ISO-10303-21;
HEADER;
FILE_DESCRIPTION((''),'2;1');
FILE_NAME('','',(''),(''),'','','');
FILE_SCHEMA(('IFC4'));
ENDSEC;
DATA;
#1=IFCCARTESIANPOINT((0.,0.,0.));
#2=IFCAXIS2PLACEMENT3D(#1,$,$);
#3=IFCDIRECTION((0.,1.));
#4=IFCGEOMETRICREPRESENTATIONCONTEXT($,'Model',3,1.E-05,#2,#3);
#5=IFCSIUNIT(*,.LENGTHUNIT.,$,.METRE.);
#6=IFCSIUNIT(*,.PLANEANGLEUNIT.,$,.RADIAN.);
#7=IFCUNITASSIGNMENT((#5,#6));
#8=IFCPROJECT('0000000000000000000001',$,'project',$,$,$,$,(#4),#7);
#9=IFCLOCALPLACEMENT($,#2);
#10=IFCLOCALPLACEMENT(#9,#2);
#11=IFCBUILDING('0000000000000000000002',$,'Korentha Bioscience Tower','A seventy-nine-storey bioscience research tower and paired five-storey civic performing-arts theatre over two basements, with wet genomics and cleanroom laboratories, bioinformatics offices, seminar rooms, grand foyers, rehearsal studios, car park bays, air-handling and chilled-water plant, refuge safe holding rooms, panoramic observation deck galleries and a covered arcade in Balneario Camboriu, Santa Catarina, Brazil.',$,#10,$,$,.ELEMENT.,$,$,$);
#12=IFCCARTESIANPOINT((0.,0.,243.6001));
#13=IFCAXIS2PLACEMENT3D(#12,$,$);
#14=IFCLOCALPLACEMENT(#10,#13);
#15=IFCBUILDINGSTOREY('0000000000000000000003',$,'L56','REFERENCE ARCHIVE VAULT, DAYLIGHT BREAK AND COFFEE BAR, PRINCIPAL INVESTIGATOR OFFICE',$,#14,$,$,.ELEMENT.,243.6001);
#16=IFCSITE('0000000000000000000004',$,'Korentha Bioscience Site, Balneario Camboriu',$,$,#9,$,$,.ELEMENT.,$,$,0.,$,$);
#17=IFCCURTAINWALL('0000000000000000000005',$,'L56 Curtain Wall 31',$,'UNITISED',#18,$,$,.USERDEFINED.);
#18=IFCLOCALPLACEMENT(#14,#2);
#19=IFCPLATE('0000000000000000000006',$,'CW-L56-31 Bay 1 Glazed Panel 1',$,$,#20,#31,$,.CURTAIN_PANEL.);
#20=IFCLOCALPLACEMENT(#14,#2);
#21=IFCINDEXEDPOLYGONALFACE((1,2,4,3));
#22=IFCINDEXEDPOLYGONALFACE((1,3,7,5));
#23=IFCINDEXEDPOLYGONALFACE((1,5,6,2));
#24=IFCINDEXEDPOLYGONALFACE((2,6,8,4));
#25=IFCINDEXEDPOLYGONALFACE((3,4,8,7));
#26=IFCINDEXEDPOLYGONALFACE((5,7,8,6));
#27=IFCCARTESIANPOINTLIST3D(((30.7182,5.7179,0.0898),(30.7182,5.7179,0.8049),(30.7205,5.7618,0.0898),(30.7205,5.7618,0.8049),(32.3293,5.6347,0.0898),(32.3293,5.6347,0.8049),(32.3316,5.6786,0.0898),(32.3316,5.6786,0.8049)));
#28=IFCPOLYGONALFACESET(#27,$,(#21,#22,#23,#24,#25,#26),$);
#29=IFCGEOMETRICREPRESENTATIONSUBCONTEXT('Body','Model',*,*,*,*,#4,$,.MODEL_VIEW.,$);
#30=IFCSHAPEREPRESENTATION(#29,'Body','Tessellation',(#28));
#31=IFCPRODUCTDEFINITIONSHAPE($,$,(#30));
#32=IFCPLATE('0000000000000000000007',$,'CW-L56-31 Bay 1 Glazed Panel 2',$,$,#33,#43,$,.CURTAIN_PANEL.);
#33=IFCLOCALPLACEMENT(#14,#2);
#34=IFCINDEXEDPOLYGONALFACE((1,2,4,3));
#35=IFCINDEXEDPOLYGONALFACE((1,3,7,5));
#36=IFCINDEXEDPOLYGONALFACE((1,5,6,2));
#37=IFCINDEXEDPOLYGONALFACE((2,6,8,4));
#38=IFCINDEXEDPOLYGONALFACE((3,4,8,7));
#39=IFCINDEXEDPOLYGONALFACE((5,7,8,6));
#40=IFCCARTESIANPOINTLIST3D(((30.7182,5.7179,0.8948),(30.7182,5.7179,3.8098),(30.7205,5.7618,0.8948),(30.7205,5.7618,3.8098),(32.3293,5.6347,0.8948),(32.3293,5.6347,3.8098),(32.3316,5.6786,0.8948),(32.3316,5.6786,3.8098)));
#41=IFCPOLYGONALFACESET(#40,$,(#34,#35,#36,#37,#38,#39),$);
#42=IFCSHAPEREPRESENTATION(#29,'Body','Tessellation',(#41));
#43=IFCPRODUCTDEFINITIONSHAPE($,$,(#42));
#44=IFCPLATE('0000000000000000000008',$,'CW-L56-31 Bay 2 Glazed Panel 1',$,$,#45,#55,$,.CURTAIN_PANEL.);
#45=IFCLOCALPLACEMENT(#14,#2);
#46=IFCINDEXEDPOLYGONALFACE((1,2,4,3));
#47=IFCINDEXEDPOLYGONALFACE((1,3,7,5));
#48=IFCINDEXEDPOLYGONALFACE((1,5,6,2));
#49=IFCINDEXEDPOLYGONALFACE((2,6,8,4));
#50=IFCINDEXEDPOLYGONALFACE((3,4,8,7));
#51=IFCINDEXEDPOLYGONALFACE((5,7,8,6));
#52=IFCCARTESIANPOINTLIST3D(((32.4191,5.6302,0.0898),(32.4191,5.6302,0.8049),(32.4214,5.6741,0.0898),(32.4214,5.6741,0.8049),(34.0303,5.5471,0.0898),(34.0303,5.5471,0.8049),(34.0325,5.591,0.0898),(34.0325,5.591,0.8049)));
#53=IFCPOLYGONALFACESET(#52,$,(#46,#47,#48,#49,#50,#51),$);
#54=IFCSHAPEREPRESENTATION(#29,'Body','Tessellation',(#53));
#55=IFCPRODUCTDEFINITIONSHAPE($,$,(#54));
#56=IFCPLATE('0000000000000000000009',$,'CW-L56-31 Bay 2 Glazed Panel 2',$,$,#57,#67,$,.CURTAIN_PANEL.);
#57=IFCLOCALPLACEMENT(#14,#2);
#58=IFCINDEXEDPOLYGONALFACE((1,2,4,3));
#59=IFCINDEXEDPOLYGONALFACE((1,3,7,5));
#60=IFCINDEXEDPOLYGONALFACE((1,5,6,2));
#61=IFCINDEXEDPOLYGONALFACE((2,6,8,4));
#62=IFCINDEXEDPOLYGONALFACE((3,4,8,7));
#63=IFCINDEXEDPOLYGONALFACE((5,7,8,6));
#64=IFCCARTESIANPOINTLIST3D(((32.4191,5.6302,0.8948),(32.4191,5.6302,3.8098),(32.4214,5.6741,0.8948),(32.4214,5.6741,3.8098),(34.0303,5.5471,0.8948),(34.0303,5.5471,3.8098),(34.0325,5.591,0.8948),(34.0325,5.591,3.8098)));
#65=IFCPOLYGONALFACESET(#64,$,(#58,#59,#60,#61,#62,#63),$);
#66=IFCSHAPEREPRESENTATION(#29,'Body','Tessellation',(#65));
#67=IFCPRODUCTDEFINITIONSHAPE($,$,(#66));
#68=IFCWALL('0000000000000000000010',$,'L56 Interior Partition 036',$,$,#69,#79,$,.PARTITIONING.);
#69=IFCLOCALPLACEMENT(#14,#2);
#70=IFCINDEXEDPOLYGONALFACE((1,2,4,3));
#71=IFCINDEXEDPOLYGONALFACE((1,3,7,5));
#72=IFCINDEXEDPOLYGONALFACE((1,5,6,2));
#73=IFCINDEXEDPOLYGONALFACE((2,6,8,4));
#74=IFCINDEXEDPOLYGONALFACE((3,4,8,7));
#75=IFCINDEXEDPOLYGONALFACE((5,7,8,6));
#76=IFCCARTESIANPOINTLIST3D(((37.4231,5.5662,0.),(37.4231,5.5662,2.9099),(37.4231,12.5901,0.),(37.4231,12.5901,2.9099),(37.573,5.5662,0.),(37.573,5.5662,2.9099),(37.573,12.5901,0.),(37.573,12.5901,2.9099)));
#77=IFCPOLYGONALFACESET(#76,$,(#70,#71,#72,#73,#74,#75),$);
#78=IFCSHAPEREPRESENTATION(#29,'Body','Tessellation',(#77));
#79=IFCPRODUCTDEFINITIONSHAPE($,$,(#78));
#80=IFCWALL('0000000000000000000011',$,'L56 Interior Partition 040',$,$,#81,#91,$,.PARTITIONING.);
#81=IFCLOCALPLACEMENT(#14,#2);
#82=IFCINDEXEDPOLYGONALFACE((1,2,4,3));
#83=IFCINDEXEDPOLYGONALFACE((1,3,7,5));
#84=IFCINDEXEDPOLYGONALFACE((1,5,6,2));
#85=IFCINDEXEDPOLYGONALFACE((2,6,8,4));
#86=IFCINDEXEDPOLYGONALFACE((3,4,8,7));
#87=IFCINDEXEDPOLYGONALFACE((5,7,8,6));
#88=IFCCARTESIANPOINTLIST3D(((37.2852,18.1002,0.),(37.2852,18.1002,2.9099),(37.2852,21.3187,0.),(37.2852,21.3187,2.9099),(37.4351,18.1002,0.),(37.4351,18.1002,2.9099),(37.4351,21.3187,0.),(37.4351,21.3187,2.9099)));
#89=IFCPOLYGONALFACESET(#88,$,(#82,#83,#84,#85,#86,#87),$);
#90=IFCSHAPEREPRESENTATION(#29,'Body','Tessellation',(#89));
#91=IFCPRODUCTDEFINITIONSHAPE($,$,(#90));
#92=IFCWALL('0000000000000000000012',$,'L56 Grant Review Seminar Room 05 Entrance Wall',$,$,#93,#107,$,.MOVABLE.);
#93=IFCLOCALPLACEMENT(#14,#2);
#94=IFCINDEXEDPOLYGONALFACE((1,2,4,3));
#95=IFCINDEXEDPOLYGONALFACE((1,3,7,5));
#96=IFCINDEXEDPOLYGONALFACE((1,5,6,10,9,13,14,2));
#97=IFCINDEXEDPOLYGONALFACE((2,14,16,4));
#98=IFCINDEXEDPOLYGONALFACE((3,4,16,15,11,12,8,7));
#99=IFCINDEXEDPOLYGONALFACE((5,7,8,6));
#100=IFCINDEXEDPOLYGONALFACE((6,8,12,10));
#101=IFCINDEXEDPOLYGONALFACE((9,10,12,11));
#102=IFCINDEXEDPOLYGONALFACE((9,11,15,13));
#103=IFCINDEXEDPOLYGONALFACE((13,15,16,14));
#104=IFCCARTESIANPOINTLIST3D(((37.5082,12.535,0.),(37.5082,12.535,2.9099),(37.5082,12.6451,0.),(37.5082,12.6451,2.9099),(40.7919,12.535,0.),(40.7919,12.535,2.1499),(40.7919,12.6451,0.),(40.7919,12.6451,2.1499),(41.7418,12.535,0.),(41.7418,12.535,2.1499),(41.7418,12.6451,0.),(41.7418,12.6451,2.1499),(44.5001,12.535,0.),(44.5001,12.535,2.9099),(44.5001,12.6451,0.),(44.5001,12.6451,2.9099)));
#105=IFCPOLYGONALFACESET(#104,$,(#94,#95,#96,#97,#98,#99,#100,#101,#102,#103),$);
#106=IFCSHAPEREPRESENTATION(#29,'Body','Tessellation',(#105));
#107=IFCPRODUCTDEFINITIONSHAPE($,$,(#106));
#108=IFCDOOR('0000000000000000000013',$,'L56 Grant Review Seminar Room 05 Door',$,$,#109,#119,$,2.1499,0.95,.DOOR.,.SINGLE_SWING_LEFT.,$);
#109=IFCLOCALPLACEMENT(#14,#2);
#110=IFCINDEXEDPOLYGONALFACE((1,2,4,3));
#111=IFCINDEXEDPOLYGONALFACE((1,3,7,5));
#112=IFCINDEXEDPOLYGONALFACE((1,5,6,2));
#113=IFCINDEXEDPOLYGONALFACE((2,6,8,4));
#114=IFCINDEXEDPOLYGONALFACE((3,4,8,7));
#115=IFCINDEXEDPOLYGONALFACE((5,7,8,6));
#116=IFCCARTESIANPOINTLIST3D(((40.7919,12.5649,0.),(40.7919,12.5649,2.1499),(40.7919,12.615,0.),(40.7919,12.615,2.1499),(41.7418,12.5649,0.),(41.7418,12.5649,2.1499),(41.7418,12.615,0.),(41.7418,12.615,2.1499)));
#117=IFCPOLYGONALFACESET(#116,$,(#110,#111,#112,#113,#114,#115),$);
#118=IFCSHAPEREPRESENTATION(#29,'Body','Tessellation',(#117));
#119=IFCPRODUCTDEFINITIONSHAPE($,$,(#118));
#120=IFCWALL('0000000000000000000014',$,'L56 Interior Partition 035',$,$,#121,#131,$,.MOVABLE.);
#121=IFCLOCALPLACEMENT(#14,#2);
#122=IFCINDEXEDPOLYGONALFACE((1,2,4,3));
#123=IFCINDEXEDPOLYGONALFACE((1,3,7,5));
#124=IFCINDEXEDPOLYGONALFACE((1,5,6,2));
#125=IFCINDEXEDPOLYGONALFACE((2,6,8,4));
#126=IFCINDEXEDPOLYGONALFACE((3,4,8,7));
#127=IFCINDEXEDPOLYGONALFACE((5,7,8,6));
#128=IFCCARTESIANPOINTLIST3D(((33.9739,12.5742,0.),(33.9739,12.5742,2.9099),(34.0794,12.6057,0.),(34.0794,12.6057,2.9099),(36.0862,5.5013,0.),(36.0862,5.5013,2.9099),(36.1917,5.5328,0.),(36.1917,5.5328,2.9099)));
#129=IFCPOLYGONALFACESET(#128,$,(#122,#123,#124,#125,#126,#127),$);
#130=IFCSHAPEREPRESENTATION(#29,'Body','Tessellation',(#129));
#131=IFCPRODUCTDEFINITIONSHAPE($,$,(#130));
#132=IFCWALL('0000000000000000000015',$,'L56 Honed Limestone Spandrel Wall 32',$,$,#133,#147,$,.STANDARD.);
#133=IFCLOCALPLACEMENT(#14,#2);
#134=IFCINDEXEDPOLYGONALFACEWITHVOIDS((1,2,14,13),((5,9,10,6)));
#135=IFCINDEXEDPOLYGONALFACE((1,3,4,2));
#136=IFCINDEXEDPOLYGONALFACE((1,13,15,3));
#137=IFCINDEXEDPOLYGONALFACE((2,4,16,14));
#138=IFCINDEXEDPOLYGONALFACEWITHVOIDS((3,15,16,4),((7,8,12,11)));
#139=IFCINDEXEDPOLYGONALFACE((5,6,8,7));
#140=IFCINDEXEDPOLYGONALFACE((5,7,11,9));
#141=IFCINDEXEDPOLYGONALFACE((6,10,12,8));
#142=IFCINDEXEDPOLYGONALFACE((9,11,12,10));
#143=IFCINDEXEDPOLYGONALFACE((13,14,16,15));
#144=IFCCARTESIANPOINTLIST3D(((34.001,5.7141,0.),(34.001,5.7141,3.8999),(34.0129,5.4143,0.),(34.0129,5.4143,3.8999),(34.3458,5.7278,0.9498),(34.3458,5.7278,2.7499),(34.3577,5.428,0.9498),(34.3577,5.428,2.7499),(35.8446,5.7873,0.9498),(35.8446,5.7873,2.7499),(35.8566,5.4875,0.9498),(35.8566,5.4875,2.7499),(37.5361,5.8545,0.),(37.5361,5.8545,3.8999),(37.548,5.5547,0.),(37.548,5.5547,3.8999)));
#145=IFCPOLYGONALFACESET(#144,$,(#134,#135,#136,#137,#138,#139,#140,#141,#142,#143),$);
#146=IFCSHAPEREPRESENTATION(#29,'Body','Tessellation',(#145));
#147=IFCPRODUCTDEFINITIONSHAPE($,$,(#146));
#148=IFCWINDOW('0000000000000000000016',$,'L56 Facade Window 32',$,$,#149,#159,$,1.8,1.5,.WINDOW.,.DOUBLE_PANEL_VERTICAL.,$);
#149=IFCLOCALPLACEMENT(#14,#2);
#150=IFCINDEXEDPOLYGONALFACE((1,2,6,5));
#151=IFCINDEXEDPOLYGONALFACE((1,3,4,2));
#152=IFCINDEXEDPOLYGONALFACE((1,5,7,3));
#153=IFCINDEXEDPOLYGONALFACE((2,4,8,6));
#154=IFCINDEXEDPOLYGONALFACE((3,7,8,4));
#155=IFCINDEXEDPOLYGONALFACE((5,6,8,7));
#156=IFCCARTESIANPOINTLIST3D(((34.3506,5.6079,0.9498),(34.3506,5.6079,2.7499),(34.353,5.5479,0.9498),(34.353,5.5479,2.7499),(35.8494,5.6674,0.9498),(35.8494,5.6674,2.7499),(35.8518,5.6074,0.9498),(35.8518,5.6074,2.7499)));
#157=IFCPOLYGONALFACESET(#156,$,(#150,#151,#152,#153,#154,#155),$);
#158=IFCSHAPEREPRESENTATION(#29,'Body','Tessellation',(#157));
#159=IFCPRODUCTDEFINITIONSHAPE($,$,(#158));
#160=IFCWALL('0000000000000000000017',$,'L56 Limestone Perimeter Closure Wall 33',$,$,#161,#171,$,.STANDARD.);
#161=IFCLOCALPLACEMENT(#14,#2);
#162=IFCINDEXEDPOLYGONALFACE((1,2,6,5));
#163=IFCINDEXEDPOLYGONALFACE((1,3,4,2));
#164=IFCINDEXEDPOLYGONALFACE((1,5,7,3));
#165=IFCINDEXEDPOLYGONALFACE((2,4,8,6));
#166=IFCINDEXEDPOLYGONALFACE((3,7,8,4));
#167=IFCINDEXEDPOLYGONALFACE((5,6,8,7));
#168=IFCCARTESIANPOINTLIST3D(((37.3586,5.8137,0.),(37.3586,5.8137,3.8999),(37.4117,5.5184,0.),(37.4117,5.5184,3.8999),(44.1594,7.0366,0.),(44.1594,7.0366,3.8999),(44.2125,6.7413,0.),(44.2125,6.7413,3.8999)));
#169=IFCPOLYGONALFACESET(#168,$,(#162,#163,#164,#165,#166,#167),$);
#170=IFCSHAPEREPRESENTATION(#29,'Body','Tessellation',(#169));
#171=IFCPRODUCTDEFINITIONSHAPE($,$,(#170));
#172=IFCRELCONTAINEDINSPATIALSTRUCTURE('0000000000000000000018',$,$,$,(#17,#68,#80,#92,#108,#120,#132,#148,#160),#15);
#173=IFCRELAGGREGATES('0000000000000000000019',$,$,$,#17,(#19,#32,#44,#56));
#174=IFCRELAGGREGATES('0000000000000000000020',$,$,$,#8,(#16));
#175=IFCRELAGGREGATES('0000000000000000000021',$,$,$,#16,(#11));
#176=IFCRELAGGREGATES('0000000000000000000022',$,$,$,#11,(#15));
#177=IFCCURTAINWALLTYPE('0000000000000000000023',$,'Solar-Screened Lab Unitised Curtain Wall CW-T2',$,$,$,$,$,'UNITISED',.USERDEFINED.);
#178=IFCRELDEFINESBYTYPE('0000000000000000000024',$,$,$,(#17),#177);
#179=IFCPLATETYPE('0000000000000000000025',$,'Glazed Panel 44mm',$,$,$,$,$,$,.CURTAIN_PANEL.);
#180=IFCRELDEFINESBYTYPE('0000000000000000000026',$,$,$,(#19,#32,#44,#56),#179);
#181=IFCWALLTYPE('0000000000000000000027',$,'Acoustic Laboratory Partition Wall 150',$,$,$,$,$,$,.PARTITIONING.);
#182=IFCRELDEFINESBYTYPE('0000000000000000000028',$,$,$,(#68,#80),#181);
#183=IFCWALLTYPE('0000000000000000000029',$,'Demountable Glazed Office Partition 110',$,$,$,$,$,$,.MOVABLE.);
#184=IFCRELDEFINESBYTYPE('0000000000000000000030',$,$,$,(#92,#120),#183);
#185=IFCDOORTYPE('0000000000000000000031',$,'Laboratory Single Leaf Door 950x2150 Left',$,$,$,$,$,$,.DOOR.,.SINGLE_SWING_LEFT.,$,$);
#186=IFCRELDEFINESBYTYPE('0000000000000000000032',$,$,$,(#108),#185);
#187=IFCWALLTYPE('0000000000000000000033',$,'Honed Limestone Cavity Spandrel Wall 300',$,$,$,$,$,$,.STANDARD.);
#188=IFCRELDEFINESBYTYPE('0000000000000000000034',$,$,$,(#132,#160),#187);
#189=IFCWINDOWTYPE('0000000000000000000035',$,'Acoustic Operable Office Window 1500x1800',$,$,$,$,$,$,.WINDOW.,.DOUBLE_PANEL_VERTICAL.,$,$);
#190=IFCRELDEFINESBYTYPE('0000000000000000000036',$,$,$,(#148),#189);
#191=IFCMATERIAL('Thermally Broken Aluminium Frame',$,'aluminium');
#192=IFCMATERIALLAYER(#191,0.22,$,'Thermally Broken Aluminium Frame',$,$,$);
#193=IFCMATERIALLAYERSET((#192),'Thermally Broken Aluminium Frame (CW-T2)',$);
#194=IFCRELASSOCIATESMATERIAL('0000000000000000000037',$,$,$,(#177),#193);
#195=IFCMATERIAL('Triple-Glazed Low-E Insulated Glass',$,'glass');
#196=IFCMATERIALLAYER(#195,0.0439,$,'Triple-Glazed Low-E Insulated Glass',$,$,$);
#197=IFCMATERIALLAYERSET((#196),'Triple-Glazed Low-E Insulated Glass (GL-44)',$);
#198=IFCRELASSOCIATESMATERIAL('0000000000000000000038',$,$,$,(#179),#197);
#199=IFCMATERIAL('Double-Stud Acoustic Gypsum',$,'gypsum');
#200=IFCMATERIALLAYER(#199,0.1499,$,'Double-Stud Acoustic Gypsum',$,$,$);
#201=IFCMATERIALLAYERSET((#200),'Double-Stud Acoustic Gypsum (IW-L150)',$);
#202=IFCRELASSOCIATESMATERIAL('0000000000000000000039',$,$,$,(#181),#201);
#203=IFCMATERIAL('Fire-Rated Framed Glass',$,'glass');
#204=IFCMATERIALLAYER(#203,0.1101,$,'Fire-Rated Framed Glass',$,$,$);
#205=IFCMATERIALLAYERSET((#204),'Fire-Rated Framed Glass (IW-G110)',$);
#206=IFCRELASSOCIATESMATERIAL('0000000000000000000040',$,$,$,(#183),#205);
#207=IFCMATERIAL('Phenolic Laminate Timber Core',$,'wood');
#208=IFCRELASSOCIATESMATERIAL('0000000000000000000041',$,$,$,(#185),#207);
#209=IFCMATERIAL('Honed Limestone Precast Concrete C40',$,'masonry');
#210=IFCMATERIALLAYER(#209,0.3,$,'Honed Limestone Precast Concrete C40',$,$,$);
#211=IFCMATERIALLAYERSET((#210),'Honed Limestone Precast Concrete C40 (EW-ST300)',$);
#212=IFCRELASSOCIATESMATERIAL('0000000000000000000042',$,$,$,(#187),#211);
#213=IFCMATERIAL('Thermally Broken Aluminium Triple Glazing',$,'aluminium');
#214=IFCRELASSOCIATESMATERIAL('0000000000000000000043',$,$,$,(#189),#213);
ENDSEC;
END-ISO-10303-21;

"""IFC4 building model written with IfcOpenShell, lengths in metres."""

from ifc_helpers import new_model, si_unit, direction, frame, frame_2d, origin, origin_2d, place, context, subcontext, project, spatial, rectangle, extrude, material, layer, layer_set, type_object, element, fill, aggregate, save


model = new_model("IFC4")

# Units and contexts
model_context = context("Model", 3, precision=1e-05, world=origin(), true_north=direction((0.0, 1.0)))
body_context = subcontext(model_context, "Body", "Model", "MODEL_VIEW")
ifc_project = project(units=[si_unit("LENGTHUNIT", "METRE"), si_unit("PLANEANGLEUNIT", "RADIAN")], contexts=[model_context])

# Site, building, storey
site_placement = place(None, origin())
site = spatial("IfcSite", under=ifc_project, at=site_placement, Name="Korentha Bioscience Site, Balneario Camboriu", CompositionType="ELEMENT", RefElevation=0.0)
building_placement = place(site_placement, origin())
building = spatial("IfcBuilding", under=site, at=building_placement, Name="Korentha Bioscience Tower", Description="A seventy-nine-storey bioscience research tower and paired five-storey civic performing-arts theatre over two basements, with wet genomics and cleanroom laboratories, bioinformatics offices, seminar rooms, grand foyers, rehearsal studios, car park bays, air-handling and chilled-water plant, refuge safe holding rooms, panoramic observation deck galleries and a covered arcade in Balneario Camboriu, Santa Catarina, Brazil.", CompositionType="ELEMENT")
storey_placement = place(building_placement, frame((0.0, 0.0, 243.6001)))
storey = spatial("IfcBuildingStorey", under=building, at=storey_placement, Name="L56", Description="REFERENCE ARCHIVE VAULT, DAYLIGHT BREAK AND COFFEE BAR, PRINCIPAL INVESTIGATOR OFFICE", CompositionType="ELEMENT", Elevation=243.6001)

# Curtain wall
ifc_material_1 = material(Name="Thermally Broken Aluminium Frame", Category="aluminium")
ifc_layer_1 = layer(ifc_material_1, 0.22, Name="Thermally Broken Aluminium Frame")
ifc_layer_set_1 = layer_set([ifc_layer_1], Name="Thermally Broken Aluminium Frame (CW-T2)")
curtain_wall_type = type_object("IfcCurtainWallType", Name="Solar-Screened Lab Unitised Curtain Wall CW-T2", ElementType="UNITISED", PredefinedType="USERDEFINED", material=ifc_layer_set_1)
curtain_wall_placement = place(storey_placement, origin())
curtain_wall = element("IfcCurtainWall", 1, at=curtain_wall_placement, inside=storey, type_object=curtain_wall_type, Name="L56 Curtain Wall 31", ObjectType="UNITISED", PredefinedType="USERDEFINED")

# Plates
ifc_material_2 = material(Name="Triple-Glazed Low-E Insulated Glass", Category="glass")
ifc_layer_2 = layer(ifc_material_2, 0.0439, Name="Triple-Glazed Low-E Insulated Glass")
ifc_layer_set_2 = layer_set([ifc_layer_2], Name="Triple-Glazed Low-E Insulated Glass (GL-44)")
plate_type = type_object("IfcPlateType", Name="Glazed Panel 44mm", PredefinedType="CURTAIN_PANEL", material=ifc_layer_set_2)
plate_1_placement = place(storey_placement, frame((31.5249, 5.6982, 0.0898), z_axis=(0.0, 0.0, 1.0), x_axis=(0.998671, -0.051538, 0.0)))
plate_1 = element("IfcPlate", 2, at=plate_1_placement, type_object=plate_type, Name="CW-L56-31 Bay 1 Glazed Panel 1", PredefinedType="CURTAIN_PANEL", context=body_context, shape_type="SweptSolid", body=[
    extrude(rectangle(XDim=1.6133, YDim=0.0439, at=origin_2d()), origin(), (0.0, 0.0, 1.0), 0.7151),
])
plate_2_placement = place(storey_placement, frame((31.5249, 5.6982, 0.8948), z_axis=(0.0, 0.0, 1.0), x_axis=(0.998671, -0.051538, 0.0)))
plate_2 = element("IfcPlate", 3, at=plate_2_placement, type_object=plate_type, Name="CW-L56-31 Bay 1 Glazed Panel 2", PredefinedType="CURTAIN_PANEL", context=body_context, shape_type="SweptSolid", body=[
    extrude(rectangle(XDim=1.6133, YDim=0.0439, at=origin_2d()), origin(), (0.0, 0.0, 1.0), 2.915),
])
plate_3_placement = place(storey_placement, frame((33.2258, 5.6106, 0.0898), z_axis=(0.0, 0.0, 1.0), x_axis=(0.998671, -0.051538, 0.0)))
plate_3 = element("IfcPlate", 4, at=plate_3_placement, type_object=plate_type, Name="CW-L56-31 Bay 2 Glazed Panel 1", PredefinedType="CURTAIN_PANEL", context=body_context, shape_type="SweptSolid", body=[
    extrude(rectangle(XDim=1.6133, YDim=0.0439, at=origin_2d()), origin(), (0.0, 0.0, 1.0), 0.7151),
])
plate_4_placement = place(storey_placement, frame((33.2258, 5.6106, 0.8948), z_axis=(0.0, 0.0, 1.0), x_axis=(0.998671, -0.051538, 0.0)))
plate_4 = element("IfcPlate", 5, at=plate_4_placement, type_object=plate_type, Name="CW-L56-31 Bay 2 Glazed Panel 2", PredefinedType="CURTAIN_PANEL", context=body_context, shape_type="SweptSolid", body=[
    extrude(rectangle(XDim=1.6133, YDim=0.0439, at=origin_2d()), origin(), (0.0, 0.0, 1.0), 2.915),
])
aggregate(curtain_wall, [plate_1, plate_2, plate_3, plate_4])

# Shared definitions
ifc_material_3 = material(Name="Double-Stud Acoustic Gypsum", Category="gypsum")
ifc_layer_3 = layer(ifc_material_3, 0.1499, Name="Double-Stud Acoustic Gypsum")
ifc_layer_set_3 = layer_set([ifc_layer_3], Name="Double-Stud Acoustic Gypsum (IW-L150)")
wall_type_1 = type_object("IfcWallType", Name="Acoustic Laboratory Partition Wall 150", PredefinedType="PARTITIONING", material=ifc_layer_set_3)
ifc_material_4 = material(Name="Phenolic Laminate Timber Core", Category="wood")

# Walls
wall_1_placement = place(storey_placement, frame((37.498, 12.5901, 0.0), z_axis=(0.0, 0.0, 1.0), x_axis=(0.0, -1.0, 0.0)))
element("IfcWall", 6, at=wall_1_placement, inside=storey, type_object=wall_type_1, Name="L56 Interior Partition 036", PredefinedType="PARTITIONING", context=body_context, shape_type="SweptSolid", body=[
    extrude(rectangle(XDim=7.0239, YDim=0.1499, at=frame_2d((3.512, 0.0))), origin(), (0.0, 0.0, 1.0), 2.9099),
])
wall_2_placement = place(storey_placement, frame((37.3601, 18.1001, 0.0), z_axis=(0.0, 0.0, 1.0), x_axis=(0.0, 1.0, 0.0)))
element("IfcWall", 7, at=wall_2_placement, inside=storey, type_object=wall_type_1, Name="L56 Interior Partition 040", PredefinedType="PARTITIONING", context=body_context, shape_type="SweptSolid", body=[
    extrude(rectangle(XDim=3.2185, YDim=0.1499, at=frame_2d((1.6094, 0.0))), origin(), (0.0, 0.0, 1.0), 2.9099),
])

# Wall, opening, door
ifc_material_5 = material(Name="Fire-Rated Framed Glass", Category="glass")
ifc_layer_4 = layer(ifc_material_5, 0.1101, Name="Fire-Rated Framed Glass")
ifc_layer_set_4 = layer_set([ifc_layer_4], Name="Fire-Rated Framed Glass (IW-G110)")
wall_type_2 = type_object("IfcWallType", Name="Demountable Glazed Office Partition 110", PredefinedType="MOVABLE", material=ifc_layer_set_4)
wall_3_placement = place(storey_placement, frame((37.5081, 12.5901, 0.0), z_axis=(0.0, 0.0, 1.0), x_axis=(1.0, 0.0, 0.0)))
wall_3 = element("IfcWall", 8, at=wall_3_placement, inside=storey, type_object=wall_type_2, Name="L56 Grant Review Seminar Room 05 Entrance Wall", PredefinedType="MOVABLE", context=body_context, shape_type="SweptSolid", body=[
    extrude(rectangle(XDim=6.9919, YDim=0.1101, at=frame_2d((3.4961, 0.0))), origin(), (0.0, 0.0, 1.0), 2.9099),
])
opening_1_placement = place(wall_3_placement, frame((3.2837, 0.0, 0.0)))
opening_1 = element("IfcOpeningElement", 9, at=opening_1_placement, cuts=wall_3, PredefinedType="OPENING", context=body_context, shape_type="SweptSolid", body=[
    extrude(rectangle(XDim=0.95, YDim=2.1499, at=frame_2d((0.4751, 1.075))), frame((0.0, 0.0698, 0.0), z_axis=(0.0, -1.0, 0.0), x_axis=(1.0, 0.0, 0.0)), (0.0, 0.0, 1.0), 0.1399),
])
door_type_1 = type_object("IfcDoorType", Name="Laboratory Single Leaf Door 950x2150 Left", OperationType="SINGLE_SWING_LEFT", PredefinedType="DOOR", material=ifc_material_4)
door_1_placement = place(opening_1_placement, origin())
door_1 = element("IfcDoor", 10, at=door_1_placement, inside=storey, type_object=door_type_1, Name="L56 Grant Review Seminar Room 05 Door", OperationType="SINGLE_SWING_LEFT", OverallHeight=2.1499, OverallWidth=0.95, PredefinedType="DOOR", context=body_context, shape_type="SweptSolid", body=[
    extrude(rectangle(XDim=0.95, YDim=2.1499, at=frame_2d((0.4751, 1.075))), frame((0.0, 0.0249, 0.0), z_axis=(0.0, -1.0, 0.0), x_axis=(1.0, 0.0, 0.0)), (0.0, 0.0, 1.0), 0.05),
])
fill(opening_1, door_1)

# Wall
wall_4_placement = place(storey_placement, frame((34.0266, 12.5901, 0.0), z_axis=(0.0, 0.0, 1.0), x_axis=(0.286155, -0.958183, 0.0)))
element("IfcWall", 11, at=wall_4_placement, inside=storey, type_object=wall_type_2, Name="L56 Interior Partition 035", PredefinedType="MOVABLE", context=body_context, shape_type="SweptSolid", body=[
    extrude(rectangle(XDim=7.3816, YDim=0.1101, at=frame_2d((3.6909, 0.0))), origin(), (0.0, 0.0, 1.0), 2.9099),
])

# Wall, opening, window
ifc_material_6 = material(Name="Honed Limestone Precast Concrete C40", Category="masonry")
ifc_layer_5 = layer(ifc_material_6, 0.3, Name="Honed Limestone Precast Concrete C40")
ifc_layer_set_5 = layer_set([ifc_layer_5], Name="Honed Limestone Precast Concrete C40 (EW-ST300)")
wall_type_3 = type_object("IfcWallType", Name="Honed Limestone Cavity Spandrel Wall 300", PredefinedType="STANDARD", material=ifc_layer_set_5)
wall_5_placement = place(storey_placement, frame((34.0068, 5.5642, 0.0), z_axis=(0.0, 0.0, 1.0), x_axis=(0.999212, 0.039679, 0.0)))
wall_5 = element("IfcWall", 12, at=wall_5_placement, inside=storey, type_object=wall_type_3, Name="L56 Honed Limestone Spandrel Wall 32", PredefinedType="STANDARD", context=body_context, shape_type="SweptSolid", body=[
    extrude(rectangle(XDim=3.5378, YDim=0.3, at=frame_2d((1.769, 0.0))), origin(), (0.0, 0.0, 1.0), 3.8999),
])
opening_2_placement = place(wall_5_placement, frame((0.3452, 0.0, 0.95)))
opening_2 = element("IfcOpeningElement", 13, at=opening_2_placement, cuts=wall_5, PredefinedType="OPENING", context=body_context, shape_type="SweptSolid", body=[
    extrude(rectangle(XDim=1.5, YDim=1.8, at=frame_2d((0.75, 0.8999))), frame((0.0, 0.165, 0.0), z_axis=(0.0, -1.0, 0.0), x_axis=(1.0, 0.0, 0.0)), (0.0, 0.0, 1.0), 0.3298),
])
ifc_material_7 = material(Name="Thermally Broken Aluminium Triple Glazing", Category="aluminium")
window_type = type_object("IfcWindowType", Name="Acoustic Operable Office Window 1500x1800", PartitioningType="DOUBLE_PANEL_VERTICAL", PredefinedType="WINDOW", material=ifc_material_7)
window_placement = place(opening_2_placement, origin())
window = element("IfcWindow", 14, at=window_placement, inside=storey, type_object=window_type, Name="L56 Facade Window 32", OverallHeight=1.8, OverallWidth=1.5, PartitioningType="DOUBLE_PANEL_VERTICAL", PredefinedType="WINDOW", context=body_context, shape_type="SweptSolid", body=[
    extrude(rectangle(XDim=1.5, YDim=1.8, at=frame_2d((0.75, 0.8999))), frame((0.0, 0.03, 0.0), z_axis=(0.0, -1.0, 0.0), x_axis=(1.0, 0.0, 0.0)), (0.0, 0.0, 1.0), 0.0601),
])
fill(opening_2, window)

# Wall
wall_6_placement = place(storey_placement, frame((37.385, 5.666, 0.0), z_axis=(0.0, 0.0, 1.0), x_axis=(0.984215, 0.176979, 0.0)))
element("IfcWall", 15, at=wall_6_placement, inside=storey, type_object=wall_type_3, Name="L56 Limestone Perimeter Closure Wall 33", PredefinedType="STANDARD", context=body_context, shape_type="SweptSolid", body=[
    extrude(rectangle(XDim=6.9099, YDim=0.3, at=frame_2d((3.4551, 0.0))), origin(), (0.0, 0.0, 1.0), 3.8999),
])

save(model, "model.ifc")
